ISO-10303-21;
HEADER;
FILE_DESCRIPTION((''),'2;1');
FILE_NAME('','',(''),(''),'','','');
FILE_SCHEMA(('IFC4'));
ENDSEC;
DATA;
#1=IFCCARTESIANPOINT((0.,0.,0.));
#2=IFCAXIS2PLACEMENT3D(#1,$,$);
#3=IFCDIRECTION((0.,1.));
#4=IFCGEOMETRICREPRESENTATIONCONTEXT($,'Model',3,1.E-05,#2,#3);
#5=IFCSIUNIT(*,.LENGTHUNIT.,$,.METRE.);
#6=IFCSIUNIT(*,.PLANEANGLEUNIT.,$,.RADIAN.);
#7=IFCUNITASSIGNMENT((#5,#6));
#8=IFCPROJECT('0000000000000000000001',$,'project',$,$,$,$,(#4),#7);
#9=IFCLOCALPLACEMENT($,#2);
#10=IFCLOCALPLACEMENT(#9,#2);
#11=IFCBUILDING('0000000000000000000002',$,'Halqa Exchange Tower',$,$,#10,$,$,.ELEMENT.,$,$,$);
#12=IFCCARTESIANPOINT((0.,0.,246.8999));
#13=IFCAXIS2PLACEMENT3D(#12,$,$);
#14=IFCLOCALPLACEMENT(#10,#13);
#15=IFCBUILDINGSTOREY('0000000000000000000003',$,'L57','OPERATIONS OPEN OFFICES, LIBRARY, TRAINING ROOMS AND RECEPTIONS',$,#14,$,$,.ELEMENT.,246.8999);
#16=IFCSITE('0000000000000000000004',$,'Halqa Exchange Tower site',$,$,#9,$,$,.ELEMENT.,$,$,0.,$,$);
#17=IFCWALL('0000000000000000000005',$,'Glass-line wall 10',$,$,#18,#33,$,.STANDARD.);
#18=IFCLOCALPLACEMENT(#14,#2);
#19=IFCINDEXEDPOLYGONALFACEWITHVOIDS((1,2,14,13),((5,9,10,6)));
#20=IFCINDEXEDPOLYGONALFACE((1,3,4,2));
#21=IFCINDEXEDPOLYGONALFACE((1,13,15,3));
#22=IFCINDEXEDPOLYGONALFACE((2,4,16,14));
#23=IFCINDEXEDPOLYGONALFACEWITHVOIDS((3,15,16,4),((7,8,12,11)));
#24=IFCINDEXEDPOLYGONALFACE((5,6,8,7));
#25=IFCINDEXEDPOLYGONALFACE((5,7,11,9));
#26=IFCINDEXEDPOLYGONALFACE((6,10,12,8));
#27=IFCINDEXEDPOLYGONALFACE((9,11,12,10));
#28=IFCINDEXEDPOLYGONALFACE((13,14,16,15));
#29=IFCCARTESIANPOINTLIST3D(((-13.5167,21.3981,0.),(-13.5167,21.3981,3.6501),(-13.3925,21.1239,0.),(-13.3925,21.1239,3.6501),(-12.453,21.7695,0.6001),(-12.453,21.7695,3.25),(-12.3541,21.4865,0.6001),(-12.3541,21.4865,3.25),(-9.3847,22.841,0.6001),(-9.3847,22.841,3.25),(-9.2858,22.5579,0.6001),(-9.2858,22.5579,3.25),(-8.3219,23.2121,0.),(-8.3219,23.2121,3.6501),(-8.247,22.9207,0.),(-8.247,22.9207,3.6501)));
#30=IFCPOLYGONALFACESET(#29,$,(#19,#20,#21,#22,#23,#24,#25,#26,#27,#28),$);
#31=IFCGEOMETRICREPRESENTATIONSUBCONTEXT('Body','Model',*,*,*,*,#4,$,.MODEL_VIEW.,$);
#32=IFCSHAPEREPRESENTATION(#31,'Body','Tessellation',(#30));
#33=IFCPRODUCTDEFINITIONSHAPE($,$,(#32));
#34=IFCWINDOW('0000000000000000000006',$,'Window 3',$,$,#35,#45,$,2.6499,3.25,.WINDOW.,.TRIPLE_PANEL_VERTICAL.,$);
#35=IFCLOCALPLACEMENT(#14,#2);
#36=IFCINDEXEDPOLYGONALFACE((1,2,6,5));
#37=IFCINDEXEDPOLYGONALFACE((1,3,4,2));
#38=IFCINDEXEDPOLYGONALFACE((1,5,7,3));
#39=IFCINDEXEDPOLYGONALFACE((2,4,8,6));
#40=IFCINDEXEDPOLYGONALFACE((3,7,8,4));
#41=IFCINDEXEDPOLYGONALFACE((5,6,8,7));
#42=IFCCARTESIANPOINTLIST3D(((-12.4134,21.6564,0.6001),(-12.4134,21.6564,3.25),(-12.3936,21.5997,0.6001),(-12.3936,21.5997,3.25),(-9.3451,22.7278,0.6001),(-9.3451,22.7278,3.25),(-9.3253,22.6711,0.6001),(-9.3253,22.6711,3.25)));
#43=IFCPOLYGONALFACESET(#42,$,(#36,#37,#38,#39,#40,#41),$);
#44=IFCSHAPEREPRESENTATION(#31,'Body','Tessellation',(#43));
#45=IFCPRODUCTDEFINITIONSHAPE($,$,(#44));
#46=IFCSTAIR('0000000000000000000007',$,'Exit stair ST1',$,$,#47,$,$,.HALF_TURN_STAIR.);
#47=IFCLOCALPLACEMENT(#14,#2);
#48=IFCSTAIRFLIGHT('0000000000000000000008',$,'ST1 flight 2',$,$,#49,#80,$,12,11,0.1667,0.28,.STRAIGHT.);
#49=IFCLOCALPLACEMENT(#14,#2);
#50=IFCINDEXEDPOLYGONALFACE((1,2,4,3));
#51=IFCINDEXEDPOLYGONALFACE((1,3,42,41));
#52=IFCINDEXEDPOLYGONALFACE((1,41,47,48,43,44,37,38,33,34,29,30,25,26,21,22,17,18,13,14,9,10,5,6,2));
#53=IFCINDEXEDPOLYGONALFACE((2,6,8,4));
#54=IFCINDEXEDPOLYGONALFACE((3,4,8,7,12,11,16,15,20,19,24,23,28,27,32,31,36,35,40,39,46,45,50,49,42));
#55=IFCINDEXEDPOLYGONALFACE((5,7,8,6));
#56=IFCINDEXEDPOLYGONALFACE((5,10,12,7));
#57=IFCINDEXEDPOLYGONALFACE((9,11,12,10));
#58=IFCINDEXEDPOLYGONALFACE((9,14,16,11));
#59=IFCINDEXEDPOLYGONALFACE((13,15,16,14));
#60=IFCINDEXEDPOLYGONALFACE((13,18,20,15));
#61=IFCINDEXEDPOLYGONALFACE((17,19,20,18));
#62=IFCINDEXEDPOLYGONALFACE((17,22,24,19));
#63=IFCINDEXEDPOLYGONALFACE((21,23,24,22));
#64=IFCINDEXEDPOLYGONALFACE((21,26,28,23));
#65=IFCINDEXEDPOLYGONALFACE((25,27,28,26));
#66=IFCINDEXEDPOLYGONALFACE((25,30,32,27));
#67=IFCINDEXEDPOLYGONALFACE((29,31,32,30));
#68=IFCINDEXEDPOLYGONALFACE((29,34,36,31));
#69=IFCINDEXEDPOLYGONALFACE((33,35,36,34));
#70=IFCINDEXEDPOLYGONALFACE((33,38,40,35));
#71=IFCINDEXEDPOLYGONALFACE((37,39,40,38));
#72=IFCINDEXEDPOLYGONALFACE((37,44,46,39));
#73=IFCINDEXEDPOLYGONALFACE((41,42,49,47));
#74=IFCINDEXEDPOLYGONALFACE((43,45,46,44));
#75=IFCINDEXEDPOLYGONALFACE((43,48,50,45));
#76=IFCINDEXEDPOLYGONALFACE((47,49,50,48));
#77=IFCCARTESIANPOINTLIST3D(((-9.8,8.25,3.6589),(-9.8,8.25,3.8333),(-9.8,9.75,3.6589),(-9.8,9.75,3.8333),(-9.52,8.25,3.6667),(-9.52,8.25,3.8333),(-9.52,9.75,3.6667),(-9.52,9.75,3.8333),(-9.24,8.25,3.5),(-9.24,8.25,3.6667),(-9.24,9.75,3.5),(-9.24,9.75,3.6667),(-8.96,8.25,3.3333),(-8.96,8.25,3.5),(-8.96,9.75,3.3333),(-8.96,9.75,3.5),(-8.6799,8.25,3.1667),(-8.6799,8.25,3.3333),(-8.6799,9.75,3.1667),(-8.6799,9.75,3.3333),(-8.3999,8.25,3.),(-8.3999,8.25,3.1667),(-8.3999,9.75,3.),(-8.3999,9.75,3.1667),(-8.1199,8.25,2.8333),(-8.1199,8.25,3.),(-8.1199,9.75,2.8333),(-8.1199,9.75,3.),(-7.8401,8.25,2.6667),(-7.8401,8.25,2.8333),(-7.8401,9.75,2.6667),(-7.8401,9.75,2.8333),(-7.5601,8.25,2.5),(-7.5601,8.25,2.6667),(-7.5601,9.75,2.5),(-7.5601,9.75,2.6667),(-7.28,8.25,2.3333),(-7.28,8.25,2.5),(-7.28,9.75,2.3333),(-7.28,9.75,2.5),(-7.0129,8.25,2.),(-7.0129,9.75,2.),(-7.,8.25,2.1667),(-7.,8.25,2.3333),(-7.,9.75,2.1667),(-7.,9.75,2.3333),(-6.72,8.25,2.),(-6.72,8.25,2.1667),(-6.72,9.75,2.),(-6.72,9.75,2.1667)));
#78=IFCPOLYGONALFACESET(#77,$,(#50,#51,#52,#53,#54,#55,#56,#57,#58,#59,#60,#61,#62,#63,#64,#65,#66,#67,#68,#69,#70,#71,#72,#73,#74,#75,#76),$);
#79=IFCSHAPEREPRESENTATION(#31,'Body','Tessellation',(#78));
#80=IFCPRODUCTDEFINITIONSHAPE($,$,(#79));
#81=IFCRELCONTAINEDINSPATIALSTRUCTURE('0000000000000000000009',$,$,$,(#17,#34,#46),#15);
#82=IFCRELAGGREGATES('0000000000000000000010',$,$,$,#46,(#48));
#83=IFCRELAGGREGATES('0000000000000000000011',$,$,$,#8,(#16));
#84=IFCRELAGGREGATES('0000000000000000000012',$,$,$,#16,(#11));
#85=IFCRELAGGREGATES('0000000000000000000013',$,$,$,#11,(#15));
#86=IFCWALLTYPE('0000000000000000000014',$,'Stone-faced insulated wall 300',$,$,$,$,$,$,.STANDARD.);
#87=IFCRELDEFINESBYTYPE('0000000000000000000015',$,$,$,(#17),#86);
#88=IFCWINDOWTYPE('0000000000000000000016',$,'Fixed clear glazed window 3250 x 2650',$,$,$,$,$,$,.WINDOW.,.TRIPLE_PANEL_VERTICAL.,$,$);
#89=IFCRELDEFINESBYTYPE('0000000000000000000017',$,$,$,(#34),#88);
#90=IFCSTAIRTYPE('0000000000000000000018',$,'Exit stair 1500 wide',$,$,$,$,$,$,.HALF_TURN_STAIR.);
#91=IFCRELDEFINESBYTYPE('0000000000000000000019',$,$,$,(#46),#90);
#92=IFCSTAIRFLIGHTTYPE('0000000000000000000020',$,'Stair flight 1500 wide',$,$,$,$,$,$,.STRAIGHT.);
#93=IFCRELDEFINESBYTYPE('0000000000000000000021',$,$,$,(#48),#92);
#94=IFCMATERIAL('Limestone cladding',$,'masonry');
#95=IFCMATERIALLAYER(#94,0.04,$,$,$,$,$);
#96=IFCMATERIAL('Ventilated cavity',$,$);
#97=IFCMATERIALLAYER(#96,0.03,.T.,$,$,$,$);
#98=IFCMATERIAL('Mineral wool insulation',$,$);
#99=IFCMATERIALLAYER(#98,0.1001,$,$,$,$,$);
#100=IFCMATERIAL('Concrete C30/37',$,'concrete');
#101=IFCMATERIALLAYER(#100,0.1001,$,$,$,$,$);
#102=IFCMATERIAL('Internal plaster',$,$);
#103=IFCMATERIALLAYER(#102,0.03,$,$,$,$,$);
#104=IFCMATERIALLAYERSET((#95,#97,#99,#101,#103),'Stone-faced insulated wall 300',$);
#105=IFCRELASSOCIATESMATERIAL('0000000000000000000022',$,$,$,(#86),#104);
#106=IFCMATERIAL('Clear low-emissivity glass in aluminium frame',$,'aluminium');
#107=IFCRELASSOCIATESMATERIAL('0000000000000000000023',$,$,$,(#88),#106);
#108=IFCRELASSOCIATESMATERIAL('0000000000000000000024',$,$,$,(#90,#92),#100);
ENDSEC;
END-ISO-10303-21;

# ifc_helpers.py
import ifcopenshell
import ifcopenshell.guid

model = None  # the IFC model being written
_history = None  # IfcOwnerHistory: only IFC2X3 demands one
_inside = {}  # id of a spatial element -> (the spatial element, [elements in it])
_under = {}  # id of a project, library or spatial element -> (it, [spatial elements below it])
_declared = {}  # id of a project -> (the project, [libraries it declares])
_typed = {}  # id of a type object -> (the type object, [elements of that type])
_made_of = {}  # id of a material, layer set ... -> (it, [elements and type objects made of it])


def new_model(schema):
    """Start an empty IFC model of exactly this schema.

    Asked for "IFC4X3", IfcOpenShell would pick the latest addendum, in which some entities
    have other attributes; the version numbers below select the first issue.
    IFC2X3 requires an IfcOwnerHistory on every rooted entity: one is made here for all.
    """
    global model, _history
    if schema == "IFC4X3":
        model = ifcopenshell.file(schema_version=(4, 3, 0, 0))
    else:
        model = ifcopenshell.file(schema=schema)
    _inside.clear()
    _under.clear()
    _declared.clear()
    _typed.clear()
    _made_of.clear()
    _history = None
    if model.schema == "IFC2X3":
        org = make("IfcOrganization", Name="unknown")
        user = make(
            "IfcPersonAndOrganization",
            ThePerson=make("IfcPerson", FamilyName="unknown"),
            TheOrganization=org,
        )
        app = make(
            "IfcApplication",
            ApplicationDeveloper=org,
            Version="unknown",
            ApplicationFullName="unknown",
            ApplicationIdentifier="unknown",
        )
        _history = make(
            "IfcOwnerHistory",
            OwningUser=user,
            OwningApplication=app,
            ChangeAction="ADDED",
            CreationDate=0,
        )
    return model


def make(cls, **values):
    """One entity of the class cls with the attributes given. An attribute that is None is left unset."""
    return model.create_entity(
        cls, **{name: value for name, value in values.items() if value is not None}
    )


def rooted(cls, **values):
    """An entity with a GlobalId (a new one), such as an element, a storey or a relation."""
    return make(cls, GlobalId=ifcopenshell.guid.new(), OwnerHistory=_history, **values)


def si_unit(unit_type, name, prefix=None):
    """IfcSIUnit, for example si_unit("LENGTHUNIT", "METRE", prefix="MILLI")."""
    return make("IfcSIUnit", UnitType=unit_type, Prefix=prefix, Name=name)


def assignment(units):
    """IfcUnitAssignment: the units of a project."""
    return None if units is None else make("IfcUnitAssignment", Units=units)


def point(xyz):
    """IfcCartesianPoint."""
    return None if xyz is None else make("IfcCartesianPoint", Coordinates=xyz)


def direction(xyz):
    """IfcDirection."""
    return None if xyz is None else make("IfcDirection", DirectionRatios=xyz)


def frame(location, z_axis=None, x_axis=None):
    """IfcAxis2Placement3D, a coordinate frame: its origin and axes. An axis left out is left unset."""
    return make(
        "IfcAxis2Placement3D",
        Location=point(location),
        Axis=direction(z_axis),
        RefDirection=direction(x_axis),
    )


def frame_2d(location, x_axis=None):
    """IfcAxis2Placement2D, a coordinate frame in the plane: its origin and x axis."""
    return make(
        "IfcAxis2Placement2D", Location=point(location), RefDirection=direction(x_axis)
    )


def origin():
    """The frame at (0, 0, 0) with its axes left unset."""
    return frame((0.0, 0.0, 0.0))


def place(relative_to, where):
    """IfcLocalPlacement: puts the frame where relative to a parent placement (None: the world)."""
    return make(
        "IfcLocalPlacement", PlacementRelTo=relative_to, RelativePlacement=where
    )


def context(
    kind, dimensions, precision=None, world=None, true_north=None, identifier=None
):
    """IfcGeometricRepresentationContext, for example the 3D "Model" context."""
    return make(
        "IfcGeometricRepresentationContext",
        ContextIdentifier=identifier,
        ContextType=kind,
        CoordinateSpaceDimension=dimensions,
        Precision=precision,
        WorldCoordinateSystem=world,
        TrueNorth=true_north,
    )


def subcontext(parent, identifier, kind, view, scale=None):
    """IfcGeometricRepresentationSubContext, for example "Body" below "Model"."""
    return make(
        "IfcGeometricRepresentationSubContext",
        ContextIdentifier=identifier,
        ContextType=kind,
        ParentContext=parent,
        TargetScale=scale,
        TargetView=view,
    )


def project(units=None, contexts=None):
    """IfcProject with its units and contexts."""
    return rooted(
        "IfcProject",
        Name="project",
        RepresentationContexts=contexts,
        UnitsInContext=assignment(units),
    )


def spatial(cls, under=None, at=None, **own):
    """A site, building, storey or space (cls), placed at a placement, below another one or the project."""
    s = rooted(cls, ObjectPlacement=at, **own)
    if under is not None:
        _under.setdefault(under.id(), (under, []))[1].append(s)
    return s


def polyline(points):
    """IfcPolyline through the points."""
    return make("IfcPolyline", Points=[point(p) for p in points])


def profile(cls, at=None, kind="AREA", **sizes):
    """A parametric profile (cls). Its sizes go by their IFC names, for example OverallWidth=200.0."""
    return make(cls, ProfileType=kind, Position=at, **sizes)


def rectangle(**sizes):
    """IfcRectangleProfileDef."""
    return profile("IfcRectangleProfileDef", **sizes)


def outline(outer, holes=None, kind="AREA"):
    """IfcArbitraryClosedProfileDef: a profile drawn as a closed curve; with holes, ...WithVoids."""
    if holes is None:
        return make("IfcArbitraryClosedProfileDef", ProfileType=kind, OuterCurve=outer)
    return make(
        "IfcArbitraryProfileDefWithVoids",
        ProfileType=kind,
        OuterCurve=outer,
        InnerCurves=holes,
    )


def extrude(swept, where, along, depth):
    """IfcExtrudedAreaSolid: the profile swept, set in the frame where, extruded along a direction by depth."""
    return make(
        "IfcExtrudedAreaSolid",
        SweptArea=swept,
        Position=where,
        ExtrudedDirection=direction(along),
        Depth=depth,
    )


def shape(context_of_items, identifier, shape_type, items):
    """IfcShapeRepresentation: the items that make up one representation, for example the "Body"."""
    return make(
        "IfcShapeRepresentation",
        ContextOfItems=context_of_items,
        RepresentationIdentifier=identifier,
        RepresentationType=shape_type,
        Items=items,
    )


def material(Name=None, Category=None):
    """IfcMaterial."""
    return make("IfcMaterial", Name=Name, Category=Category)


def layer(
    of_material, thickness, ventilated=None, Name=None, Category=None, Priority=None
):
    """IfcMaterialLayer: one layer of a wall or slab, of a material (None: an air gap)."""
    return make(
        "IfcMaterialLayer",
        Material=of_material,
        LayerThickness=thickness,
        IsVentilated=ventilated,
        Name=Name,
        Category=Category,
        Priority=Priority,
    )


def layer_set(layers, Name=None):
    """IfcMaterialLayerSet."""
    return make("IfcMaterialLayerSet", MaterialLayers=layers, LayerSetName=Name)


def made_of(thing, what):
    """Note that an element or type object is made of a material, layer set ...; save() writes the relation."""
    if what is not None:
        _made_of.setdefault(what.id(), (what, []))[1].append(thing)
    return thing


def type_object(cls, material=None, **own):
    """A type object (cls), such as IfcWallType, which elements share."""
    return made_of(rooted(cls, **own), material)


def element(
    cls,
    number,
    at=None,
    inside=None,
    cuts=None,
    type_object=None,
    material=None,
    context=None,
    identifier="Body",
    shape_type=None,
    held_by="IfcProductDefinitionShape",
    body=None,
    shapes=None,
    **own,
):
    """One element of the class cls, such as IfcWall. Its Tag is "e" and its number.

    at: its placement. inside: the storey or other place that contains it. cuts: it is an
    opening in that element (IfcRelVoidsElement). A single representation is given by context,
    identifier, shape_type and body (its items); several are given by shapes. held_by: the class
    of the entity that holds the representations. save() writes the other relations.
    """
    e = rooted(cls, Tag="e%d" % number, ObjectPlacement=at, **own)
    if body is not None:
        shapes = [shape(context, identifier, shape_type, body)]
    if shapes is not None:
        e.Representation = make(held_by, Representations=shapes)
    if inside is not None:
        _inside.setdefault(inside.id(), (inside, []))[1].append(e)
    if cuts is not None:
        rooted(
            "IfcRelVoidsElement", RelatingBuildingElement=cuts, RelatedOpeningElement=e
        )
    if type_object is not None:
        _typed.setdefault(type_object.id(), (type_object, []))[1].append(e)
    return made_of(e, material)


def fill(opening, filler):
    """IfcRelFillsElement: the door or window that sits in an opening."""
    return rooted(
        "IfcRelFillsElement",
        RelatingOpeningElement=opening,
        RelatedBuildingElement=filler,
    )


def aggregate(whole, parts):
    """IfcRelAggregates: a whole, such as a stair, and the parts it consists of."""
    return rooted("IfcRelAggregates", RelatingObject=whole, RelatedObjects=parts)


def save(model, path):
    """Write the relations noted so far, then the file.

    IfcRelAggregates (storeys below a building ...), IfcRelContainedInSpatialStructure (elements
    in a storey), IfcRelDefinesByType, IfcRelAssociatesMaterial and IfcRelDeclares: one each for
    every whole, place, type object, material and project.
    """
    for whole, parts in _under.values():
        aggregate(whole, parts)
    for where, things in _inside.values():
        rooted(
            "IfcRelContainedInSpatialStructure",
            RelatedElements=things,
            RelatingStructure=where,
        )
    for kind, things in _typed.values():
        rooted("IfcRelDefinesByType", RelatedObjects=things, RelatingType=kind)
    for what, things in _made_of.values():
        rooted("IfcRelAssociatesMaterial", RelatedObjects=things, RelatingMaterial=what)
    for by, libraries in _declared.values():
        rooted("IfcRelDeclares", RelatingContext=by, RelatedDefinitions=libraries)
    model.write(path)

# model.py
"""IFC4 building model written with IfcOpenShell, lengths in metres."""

from ifc_helpers import new_model, si_unit, direction, frame, frame_2d, origin, place, context, subcontext, project, spatial, polyline, rectangle, outline, extrude, material, layer, layer_set, type_object, element, fill, aggregate, save


model = new_model("IFC4")

# Units and contexts
model_context = context("Model", 3, precision=1e-05, world=origin(), true_north=direction((0.0, 1.0)))
body_context = subcontext(model_context, "Body", "Model", "MODEL_VIEW")
ifc_project = project(units=[si_unit("LENGTHUNIT", "METRE"), si_unit("PLANEANGLEUNIT", "RADIAN")], contexts=[model_context])

# Site, building, storey
site_placement = place(None, origin())
site = spatial("IfcSite", under=ifc_project, at=site_placement, Name="Halqa Exchange Tower site", CompositionType="ELEMENT", RefElevation=0.0)
building_placement = place(site_placement, origin())
building = spatial("IfcBuilding", under=site, at=building_placement, Name="Halqa Exchange Tower", CompositionType="ELEMENT")
storey_placement = place(building_placement, frame((0.0, 0.0, 246.8999)))
storey = spatial("IfcBuildingStorey", under=building, at=storey_placement, Name="L57", Description="OPERATIONS OPEN OFFICES, LIBRARY, TRAINING ROOMS AND RECEPTIONS", CompositionType="ELEMENT", Elevation=246.8999)

# Shared definitions
ifc_material_1 = material(Name="Concrete C30/37", Category="concrete")

# Wall, opening, window
ifc_material_2 = material(Name="Limestone cladding", Category="masonry")
ifc_layer_1 = layer(ifc_material_2, 0.04)
ifc_material_3 = material(Name="Ventilated cavity")
ifc_layer_2 = layer(ifc_material_3, 0.03, ventilated=True)
ifc_material_4 = material(Name="Mineral wool insulation")
ifc_layer_3 = layer(ifc_material_4, 0.1001)
ifc_layer_4 = layer(ifc_material_1, 0.1001)
ifc_material_5 = material(Name="Internal plaster")
ifc_layer_5 = layer(ifc_material_5, 0.03)
ifc_layer_set_1 = layer_set([ifc_layer_1, ifc_layer_2, ifc_layer_3, ifc_layer_4, ifc_layer_5], Name="Stone-faced insulated wall 300")
wall_type_1 = type_object("IfcWallType", Name="Stone-faced insulated wall 300", PredefinedType="STANDARD", material=ifc_layer_set_1)
ifc_material_6 = material(Name="Clear low-emissivity glass in aluminium frame", Category="aluminium")
window_type = type_object("IfcWindowType", Name="Fixed clear glazed window 3250 x 2650", PartitioningType="TRIPLE_PANEL_VERTICAL", PredefinedType="WINDOW", material=ifc_material_6)
wall_1_placement = place(storey_placement, frame((-8.2844, 23.0664, 0.0), z_axis=(0.0, 0.0, 1.0), x_axis=(-0.944094, -0.329677, 0.0)))
wall_1 = element("IfcWall", 1, at=wall_1_placement, inside=storey, type_object=wall_type_1, Name="Glass-line wall 10", PredefinedType="STANDARD", context=body_context, shape_type="SweptSolid", body=[
    extrude(outline(polyline([(-0.0127, -0.1499), (5.4897, -0.1499), (5.4629, 0.1499), (0.0127, 0.1499), (-0.0127, -0.1499)])), origin(), (0.0, 0.0, 1.0), 3.6501),
])
opening_1_placement = place(wall_1_placement, frame((1.113, 0.0, 0.6001)))
opening_1 = element("IfcOpeningElement", 2, at=opening_1_placement, cuts=wall_1, PredefinedType="OPENING", context=body_context, shape_type="SweptSolid", body=[
    extrude(rectangle(XDim=3.25, YDim=2.6499, at=frame_2d((1.625, 1.325))), frame((0.0, 0.1621, 0.0), z_axis=(0.0, -1.0, 0.0), x_axis=(1.0, 0.0, 0.0)), (0.0, 0.0, 1.0), 0.324),
])
window_1_placement = place(opening_1_placement, origin())
window_1 = element("IfcWindow", 3, at=window_1_placement, inside=storey, type_object=window_type, Name="Window 3", OverallHeight=2.6499, OverallWidth=3.25, PartitioningType="TRIPLE_PANEL_VERTICAL", PredefinedType="WINDOW", context=body_context, shape_type="SweptSolid", body=[
    extrude(rectangle(XDim=3.25, YDim=2.6499, at=frame_2d((1.625, 1.325))), frame((0.0, 0.03, 0.0), z_axis=(0.0, -1.0, 0.0), x_axis=(1.0, 0.0, 0.0)), (0.0, 0.0, 1.0), 0.0601),
])
fill(opening_1, window_1)

# Stair, stair flight
stair_type = type_object("IfcStairType", Name="Exit stair 1500 wide", PredefinedType="HALF_TURN_STAIR", material=ifc_material_1)
stair_placement = place(storey_placement, origin())
stair = element("IfcStair", 4, at=stair_placement, inside=storey, type_object=stair_type, Name="Exit stair ST1", PredefinedType="HALF_TURN_STAIR")
stair_flight_type = type_object("IfcStairFlightType", Name="Stair flight 1500 wide", PredefinedType="STRAIGHT", material=ifc_material_1)
stair_flight_placement = place(storey_placement, frame((-6.72, 9.0, 2.0), z_axis=(0.0, 0.0, 1.0), x_axis=(-1.0, 0.0, 0.0)))
stair_flight = element("IfcStairFlight", 5, at=stair_flight_placement, type_object=stair_flight_type, Name="ST1 flight 2", NumberOfRisers=12, NumberOfTreads=11, PredefinedType="STRAIGHT", RiserHeight=0.1667, TreadLength=0.28, context=body_context, shape_type="SweptSolid", body=[
    extrude(outline(polyline([(0.0, 0.0), (0.0, 0.1667), (0.28, 0.1667), (0.28, 0.3333), (0.5601, 0.3333), (0.5601, 0.5), (0.8401, 0.5), (0.8401, 0.6667), (1.1201, 0.6667), (1.1201, 0.8333), (1.3999, 0.8333), (1.3999, 1.0), (1.6799, 1.0), (1.6799, 1.1667), (1.96, 1.1667), (1.96, 1.3333), (2.24, 1.3333), (2.24, 1.5), (2.52, 1.5), (2.52, 1.6667), (2.8, 1.6667), (2.8, 1.8333), (3.0801, 1.8333), (3.0801, 2.0), (3.0801, 1.6589), (0.293, 0.0), (0.0, 0.0)])), frame((0.0, 0.75, 0.0), z_axis=(0.0, -1.0, 0.0), x_axis=(1.0, 0.0, 0.0)), (0.0, 0.0, 1.0), 1.5),
])
aggregate(stair, [stair_flight])

save(model, "model.ifc")
